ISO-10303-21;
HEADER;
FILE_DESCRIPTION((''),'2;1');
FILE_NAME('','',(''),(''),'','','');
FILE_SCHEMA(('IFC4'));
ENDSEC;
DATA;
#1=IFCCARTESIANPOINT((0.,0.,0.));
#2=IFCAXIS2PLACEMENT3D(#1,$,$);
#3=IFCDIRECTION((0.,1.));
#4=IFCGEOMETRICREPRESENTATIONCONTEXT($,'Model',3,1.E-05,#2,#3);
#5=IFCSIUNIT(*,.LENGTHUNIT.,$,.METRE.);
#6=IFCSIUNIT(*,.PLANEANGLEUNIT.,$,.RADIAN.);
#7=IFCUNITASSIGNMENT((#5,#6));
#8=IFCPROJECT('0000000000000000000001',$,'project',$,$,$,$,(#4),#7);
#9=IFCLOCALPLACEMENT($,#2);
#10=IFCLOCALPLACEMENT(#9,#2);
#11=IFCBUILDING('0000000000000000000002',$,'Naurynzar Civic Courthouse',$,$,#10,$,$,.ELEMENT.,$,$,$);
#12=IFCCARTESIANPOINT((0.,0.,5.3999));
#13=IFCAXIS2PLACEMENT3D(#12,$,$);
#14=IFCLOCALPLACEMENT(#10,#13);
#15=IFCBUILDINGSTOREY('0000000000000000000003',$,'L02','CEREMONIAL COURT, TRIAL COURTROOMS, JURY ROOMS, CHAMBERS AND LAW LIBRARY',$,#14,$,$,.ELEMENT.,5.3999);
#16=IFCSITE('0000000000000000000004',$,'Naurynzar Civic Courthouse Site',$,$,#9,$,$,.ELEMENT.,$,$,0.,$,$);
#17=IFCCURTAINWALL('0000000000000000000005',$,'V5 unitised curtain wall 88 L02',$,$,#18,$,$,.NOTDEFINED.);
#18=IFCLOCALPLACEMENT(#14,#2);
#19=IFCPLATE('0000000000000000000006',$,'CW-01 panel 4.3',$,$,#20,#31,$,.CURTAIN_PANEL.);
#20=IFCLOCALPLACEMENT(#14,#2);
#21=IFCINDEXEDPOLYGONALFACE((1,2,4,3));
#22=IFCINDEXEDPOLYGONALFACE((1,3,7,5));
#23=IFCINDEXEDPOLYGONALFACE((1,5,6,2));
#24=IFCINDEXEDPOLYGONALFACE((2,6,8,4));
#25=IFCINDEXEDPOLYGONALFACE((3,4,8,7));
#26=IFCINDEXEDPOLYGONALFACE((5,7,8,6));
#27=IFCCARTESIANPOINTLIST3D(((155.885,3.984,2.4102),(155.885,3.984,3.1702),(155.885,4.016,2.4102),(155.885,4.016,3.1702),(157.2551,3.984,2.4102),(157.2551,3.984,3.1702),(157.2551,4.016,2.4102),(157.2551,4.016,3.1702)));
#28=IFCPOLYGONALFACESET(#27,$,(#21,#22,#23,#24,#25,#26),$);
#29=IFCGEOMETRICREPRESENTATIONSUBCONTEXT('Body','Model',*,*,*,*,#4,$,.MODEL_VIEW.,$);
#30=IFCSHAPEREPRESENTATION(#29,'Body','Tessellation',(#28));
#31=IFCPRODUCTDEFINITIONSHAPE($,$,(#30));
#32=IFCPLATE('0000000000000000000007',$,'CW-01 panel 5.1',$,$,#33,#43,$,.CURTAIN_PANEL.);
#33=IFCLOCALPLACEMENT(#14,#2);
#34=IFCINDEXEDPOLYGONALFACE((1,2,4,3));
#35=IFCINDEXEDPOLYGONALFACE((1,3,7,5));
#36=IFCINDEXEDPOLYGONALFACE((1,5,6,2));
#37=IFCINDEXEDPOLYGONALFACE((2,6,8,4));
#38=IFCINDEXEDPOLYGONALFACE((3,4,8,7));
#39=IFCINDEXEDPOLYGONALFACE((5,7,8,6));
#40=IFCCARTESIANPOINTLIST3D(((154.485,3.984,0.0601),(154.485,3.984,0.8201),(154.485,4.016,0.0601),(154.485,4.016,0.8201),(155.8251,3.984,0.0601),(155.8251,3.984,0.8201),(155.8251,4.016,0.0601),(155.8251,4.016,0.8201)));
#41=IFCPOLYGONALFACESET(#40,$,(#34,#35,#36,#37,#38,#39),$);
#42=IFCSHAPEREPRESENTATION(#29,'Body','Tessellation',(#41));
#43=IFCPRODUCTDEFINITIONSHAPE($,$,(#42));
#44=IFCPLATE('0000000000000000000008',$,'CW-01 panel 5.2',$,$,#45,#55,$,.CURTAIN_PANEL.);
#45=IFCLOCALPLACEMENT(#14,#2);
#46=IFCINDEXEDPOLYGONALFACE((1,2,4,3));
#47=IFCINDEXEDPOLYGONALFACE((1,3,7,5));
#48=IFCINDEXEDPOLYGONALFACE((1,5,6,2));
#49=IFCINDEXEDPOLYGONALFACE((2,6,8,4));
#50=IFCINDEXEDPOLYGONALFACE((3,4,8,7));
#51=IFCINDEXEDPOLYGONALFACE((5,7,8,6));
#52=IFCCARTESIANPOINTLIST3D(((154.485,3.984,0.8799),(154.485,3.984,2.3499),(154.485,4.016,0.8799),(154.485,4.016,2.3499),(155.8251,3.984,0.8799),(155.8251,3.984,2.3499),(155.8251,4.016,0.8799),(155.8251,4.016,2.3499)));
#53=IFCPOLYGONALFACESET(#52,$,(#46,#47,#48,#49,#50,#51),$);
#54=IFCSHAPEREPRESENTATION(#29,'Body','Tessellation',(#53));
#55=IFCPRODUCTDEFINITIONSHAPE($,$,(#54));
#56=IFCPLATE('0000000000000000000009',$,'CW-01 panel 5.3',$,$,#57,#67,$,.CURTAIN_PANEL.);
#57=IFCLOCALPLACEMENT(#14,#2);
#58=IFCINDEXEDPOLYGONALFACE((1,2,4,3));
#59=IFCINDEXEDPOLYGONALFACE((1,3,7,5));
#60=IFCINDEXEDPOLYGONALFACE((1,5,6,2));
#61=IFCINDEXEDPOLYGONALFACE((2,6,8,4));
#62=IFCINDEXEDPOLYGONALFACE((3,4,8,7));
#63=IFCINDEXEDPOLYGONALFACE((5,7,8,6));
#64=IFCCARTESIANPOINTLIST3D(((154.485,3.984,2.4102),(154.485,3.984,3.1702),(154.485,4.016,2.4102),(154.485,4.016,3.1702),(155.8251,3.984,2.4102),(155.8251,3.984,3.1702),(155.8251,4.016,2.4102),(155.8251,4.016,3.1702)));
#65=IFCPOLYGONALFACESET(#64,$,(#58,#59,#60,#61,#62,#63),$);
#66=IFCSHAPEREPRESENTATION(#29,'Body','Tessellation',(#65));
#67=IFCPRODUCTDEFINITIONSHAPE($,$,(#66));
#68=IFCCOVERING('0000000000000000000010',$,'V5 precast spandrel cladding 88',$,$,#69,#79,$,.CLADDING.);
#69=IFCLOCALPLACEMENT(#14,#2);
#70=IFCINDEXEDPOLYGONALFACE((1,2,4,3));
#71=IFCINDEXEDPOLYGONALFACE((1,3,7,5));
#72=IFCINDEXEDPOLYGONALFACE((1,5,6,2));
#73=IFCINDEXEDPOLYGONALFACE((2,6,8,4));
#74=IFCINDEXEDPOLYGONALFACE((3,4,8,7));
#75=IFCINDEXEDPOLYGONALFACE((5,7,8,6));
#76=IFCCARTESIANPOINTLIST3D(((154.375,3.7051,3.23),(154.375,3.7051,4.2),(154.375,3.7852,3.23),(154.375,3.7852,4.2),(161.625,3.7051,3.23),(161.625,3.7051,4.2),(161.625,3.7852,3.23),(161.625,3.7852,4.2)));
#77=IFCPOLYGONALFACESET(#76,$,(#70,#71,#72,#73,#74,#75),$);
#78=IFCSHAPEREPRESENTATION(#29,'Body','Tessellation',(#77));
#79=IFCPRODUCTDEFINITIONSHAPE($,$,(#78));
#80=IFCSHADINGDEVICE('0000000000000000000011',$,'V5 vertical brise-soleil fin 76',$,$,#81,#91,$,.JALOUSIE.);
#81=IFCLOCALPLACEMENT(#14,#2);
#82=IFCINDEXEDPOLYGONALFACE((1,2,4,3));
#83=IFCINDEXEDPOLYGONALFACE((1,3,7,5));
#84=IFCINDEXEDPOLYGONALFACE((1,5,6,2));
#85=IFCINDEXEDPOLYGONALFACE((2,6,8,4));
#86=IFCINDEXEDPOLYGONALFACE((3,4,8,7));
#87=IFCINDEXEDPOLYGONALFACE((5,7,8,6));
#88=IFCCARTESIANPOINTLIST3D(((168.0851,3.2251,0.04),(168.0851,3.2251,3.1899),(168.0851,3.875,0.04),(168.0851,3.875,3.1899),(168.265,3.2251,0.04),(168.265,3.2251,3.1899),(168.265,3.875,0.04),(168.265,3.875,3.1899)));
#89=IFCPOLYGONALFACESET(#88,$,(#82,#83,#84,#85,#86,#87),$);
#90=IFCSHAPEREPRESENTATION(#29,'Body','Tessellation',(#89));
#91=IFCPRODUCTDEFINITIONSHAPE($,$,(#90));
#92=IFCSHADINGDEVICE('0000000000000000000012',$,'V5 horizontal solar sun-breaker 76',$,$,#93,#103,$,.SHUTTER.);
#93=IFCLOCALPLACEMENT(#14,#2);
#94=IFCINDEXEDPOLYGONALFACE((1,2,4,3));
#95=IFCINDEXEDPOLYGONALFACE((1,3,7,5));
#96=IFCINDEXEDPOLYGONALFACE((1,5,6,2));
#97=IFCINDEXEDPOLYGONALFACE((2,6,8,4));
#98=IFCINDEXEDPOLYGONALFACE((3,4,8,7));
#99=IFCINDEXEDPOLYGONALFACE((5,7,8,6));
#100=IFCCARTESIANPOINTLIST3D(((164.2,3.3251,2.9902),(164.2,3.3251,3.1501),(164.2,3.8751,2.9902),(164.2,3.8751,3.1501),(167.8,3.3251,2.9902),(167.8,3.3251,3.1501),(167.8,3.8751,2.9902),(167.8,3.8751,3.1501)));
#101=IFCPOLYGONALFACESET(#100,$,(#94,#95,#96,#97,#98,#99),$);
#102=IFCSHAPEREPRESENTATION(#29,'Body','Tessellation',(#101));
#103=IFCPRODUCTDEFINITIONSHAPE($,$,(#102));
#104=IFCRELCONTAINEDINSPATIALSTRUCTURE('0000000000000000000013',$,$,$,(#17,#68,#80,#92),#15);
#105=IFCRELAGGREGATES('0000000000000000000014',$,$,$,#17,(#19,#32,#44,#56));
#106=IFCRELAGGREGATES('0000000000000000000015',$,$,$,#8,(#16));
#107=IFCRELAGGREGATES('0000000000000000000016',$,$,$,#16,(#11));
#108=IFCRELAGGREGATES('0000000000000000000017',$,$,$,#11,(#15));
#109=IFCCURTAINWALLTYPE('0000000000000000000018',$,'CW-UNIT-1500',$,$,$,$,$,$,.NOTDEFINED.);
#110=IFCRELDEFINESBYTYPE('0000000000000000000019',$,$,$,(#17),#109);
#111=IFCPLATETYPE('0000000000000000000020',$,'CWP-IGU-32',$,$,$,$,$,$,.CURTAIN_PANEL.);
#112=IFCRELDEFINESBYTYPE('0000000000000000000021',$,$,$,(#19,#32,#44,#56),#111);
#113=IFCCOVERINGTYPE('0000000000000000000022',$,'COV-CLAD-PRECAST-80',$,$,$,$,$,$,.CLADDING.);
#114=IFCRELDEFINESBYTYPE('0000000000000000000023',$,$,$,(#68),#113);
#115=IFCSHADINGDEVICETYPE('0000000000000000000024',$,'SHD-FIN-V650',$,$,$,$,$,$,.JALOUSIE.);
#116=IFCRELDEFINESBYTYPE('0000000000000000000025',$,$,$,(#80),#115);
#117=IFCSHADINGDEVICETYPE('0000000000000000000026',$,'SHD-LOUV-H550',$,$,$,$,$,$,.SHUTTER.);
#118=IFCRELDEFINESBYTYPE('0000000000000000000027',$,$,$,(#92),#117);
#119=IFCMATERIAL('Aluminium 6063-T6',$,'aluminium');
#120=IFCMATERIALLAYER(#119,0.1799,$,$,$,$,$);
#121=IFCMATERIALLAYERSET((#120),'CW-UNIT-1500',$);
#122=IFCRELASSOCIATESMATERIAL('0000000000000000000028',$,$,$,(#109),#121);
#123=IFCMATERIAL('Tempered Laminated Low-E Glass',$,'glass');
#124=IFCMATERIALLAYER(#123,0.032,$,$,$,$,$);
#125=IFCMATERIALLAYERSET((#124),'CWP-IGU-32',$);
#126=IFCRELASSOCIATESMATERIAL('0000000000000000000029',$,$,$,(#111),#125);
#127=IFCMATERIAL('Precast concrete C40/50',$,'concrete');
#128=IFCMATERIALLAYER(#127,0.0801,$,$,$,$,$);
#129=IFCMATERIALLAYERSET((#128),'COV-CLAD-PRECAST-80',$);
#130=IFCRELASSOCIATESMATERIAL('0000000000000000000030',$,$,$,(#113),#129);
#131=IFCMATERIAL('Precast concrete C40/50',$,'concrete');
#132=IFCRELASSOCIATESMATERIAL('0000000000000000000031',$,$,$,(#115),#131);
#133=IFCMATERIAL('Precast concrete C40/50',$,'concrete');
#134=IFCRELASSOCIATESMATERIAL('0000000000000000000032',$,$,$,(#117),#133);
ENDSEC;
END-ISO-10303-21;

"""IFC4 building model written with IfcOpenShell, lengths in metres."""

from ifc_helpers import new_model, si_unit, direction, frame, origin, origin_2d, place, context, subcontext, project, spatial, rectangle, extrude, material, layer, layer_set, type_object, element, aggregate, save


model = new_model("IFC4")

# Units and contexts
model_context = context("Model", 3, precision=1e-05, world=origin(), true_north=direction((0.0, 1.0)))
body_context = subcontext(model_context, "Body", "Model", "MODEL_VIEW")
ifc_project = project(units=[si_unit("LENGTHUNIT", "METRE"), si_unit("PLANEANGLEUNIT", "RADIAN")], contexts=[model_context])

# Site, building, storey
site_placement = place(None, origin())
site = spatial("IfcSite", under=ifc_project, at=site_placement, Name="Naurynzar Civic Courthouse Site", CompositionType="ELEMENT", RefElevation=0.0)
building_placement = place(site_placement, origin())
building = spatial("IfcBuilding", under=site, at=building_placement, Name="Naurynzar Civic Courthouse", CompositionType="ELEMENT")
storey_placement = place(building_placement, frame((0.0, 0.0, 5.3999)))
storey = spatial("IfcBuildingStorey", under=building, at=storey_placement, Name="L02", Description="CEREMONIAL COURT, TRIAL COURTROOMS, JURY ROOMS, CHAMBERS AND LAW LIBRARY", CompositionType="ELEMENT", Elevation=5.3999)

# Curtain wall, plates
ifc_material_1 = material(Name="Aluminium 6063-T6", Category="aluminium")
ifc_layer_1 = layer(ifc_material_1, 0.1799)
ifc_layer_set_1 = layer_set([ifc_layer_1], Name="CW-UNIT-1500")
curtain_wall_type = type_object("IfcCurtainWallType", Name="CW-UNIT-1500", PredefinedType="NOTDEFINED", material=ifc_layer_set_1)
curtain_wall_placement = place(storey_placement, origin())
curtain_wall = element("IfcCurtainWall", 1, at=curtain_wall_placement, inside=storey, type_object=curtain_wall_type, Name="V5 unitised curtain wall 88 L02", PredefinedType="NOTDEFINED")
ifc_material_2 = material(Name="Tempered Laminated Low-E Glass", Category="glass")
ifc_layer_2 = layer(ifc_material_2, 0.032)
ifc_layer_set_2 = layer_set([ifc_layer_2], Name="CWP-IGU-32")
plate_type = type_object("IfcPlateType", Name="CWP-IGU-32", PredefinedType="CURTAIN_PANEL", material=ifc_layer_set_2)
plate_1_placement = place(storey_placement, frame((156.5701, 4.0, 2.4102), z_axis=(0.0, 0.0, 1.0), x_axis=(-1.0, 0.0, 0.0)))
plate_1 = element("IfcPlate", 2, at=plate_1_placement, type_object=plate_type, Name="CW-01 panel 4.3", PredefinedType="CURTAIN_PANEL", context=body_context, shape_type="SweptSolid", body=[
    extrude(rectangle(XDim=1.3701, YDim=0.032, at=origin_2d()), origin(), (0.0, 0.0, 1.0), 0.76),
])
plate_2_placement = place(storey_placement, frame((155.155, 4.0, 0.0601), z_axis=(0.0, 0.0, 1.0), x_axis=(-1.0, 0.0, 0.0)))
plate_2 = element("IfcPlate", 3, at=plate_2_placement, type_object=plate_type, Name="CW-01 panel 5.1", PredefinedType="CURTAIN_PANEL", context=body_context, shape_type="SweptSolid", body=[
    extrude(rectangle(XDim=1.3401, YDim=0.032, at=origin_2d()), origin(), (0.0, 0.0, 1.0), 0.76),
])
plate_3_placement = place(storey_placement, frame((155.155, 4.0, 0.8799), z_axis=(0.0, 0.0, 1.0), x_axis=(-1.0, 0.0, 0.0)))
plate_3 = element("IfcPlate", 4, at=plate_3_placement, type_object=plate_type, Name="CW-01 panel 5.2", PredefinedType="CURTAIN_PANEL", context=body_context, shape_type="SweptSolid", body=[
    extrude(rectangle(XDim=1.3401, YDim=0.032, at=origin_2d()), origin(), (0.0, 0.0, 1.0), 1.47),
])
plate_4_placement = place(storey_placement, frame((155.155, 4.0, 2.4102), z_axis=(0.0, 0.0, 1.0), x_axis=(-1.0, 0.0, 0.0)))
plate_4 = element("IfcPlate", 5, at=plate_4_placement, type_object=plate_type, Name="CW-01 panel 5.3", PredefinedType="CURTAIN_PANEL", context=body_context, shape_type="SweptSolid", body=[
    extrude(rectangle(XDim=1.3401, YDim=0.032, at=origin_2d()), origin(), (0.0, 0.0, 1.0), 0.76),
])
aggregate(curtain_wall, [plate_1, plate_2, plate_3, plate_4])

# Covering
ifc_material_3 = material(Name="Precast concrete C40/50", Category="concrete")
ifc_layer_3 = layer(ifc_material_3, 0.0801)
ifc_layer_set_3 = layer_set([ifc_layer_3], Name="COV-CLAD-PRECAST-80")
covering_type = type_object("IfcCoveringType", Name="COV-CLAD-PRECAST-80", PredefinedType="CLADDING", material=ifc_layer_set_3)
covering_placement = place(storey_placement, frame((158.0, 3.7451, 3.23), z_axis=(0.0, 0.0, 1.0), x_axis=(-1.0, 0.0, 0.0)))
element("IfcCovering", 6, at=covering_placement, inside=storey, type_object=covering_type, Name="V5 precast spandrel cladding 88", PredefinedType="CLADDING", context=body_context, shape_type="SweptSolid", body=[
    extrude(rectangle(XDim=7.25, YDim=0.0801, at=origin_2d()), origin(), (0.0, 0.0, 1.0), 0.97),
])

# Shading devices
ifc_material_4 = material(Name="Precast concrete C40/50", Category="concrete")
shading_device_type_1 = type_object("IfcShadingDeviceType", Name="SHD-FIN-V650", PredefinedType="JALOUSIE", material=ifc_material_4)
shading_device_1_placement = place(storey_placement, frame((168.175, 3.55, 0.04), z_axis=(0.0, 0.0, 1.0), x_axis=(-1.0, 0.0, 0.0)))
element("IfcShadingDevice", 7, at=shading_device_1_placement, inside=storey, type_object=shading_device_type_1, Name="V5 vertical brise-soleil fin 76", PredefinedType="JALOUSIE", context=body_context, shape_type="SweptSolid", body=[
    extrude(rectangle(XDim=0.1799, YDim=0.6499, at=origin_2d()), origin(), (0.0, 0.0, 1.0), 3.1499),
])
ifc_material_5 = material(Name="Precast concrete C40/50", Category="concrete")
shading_device_type_2 = type_object("IfcShadingDeviceType", Name="SHD-LOUV-H550", PredefinedType="SHUTTER", material=ifc_material_5)
shading_device_2_placement = place(storey_placement, frame((166.0, 3.6001, 2.9902), z_axis=(0.0, 0.0, 1.0), x_axis=(-1.0, 0.0, 0.0)))
element("IfcShadingDevice", 8, at=shading_device_2_placement, inside=storey, type_object=shading_device_type_2, Name="V5 horizontal solar sun-breaker 76", PredefinedType="SHUTTER", context=body_context, shape_type="SweptSolid", body=[
    extrude(rectangle(XDim=3.6001, YDim=0.55, at=origin_2d()), origin(), (0.0, 0.0, 1.0), 0.1599),
])

save(model, "model.ifc")
